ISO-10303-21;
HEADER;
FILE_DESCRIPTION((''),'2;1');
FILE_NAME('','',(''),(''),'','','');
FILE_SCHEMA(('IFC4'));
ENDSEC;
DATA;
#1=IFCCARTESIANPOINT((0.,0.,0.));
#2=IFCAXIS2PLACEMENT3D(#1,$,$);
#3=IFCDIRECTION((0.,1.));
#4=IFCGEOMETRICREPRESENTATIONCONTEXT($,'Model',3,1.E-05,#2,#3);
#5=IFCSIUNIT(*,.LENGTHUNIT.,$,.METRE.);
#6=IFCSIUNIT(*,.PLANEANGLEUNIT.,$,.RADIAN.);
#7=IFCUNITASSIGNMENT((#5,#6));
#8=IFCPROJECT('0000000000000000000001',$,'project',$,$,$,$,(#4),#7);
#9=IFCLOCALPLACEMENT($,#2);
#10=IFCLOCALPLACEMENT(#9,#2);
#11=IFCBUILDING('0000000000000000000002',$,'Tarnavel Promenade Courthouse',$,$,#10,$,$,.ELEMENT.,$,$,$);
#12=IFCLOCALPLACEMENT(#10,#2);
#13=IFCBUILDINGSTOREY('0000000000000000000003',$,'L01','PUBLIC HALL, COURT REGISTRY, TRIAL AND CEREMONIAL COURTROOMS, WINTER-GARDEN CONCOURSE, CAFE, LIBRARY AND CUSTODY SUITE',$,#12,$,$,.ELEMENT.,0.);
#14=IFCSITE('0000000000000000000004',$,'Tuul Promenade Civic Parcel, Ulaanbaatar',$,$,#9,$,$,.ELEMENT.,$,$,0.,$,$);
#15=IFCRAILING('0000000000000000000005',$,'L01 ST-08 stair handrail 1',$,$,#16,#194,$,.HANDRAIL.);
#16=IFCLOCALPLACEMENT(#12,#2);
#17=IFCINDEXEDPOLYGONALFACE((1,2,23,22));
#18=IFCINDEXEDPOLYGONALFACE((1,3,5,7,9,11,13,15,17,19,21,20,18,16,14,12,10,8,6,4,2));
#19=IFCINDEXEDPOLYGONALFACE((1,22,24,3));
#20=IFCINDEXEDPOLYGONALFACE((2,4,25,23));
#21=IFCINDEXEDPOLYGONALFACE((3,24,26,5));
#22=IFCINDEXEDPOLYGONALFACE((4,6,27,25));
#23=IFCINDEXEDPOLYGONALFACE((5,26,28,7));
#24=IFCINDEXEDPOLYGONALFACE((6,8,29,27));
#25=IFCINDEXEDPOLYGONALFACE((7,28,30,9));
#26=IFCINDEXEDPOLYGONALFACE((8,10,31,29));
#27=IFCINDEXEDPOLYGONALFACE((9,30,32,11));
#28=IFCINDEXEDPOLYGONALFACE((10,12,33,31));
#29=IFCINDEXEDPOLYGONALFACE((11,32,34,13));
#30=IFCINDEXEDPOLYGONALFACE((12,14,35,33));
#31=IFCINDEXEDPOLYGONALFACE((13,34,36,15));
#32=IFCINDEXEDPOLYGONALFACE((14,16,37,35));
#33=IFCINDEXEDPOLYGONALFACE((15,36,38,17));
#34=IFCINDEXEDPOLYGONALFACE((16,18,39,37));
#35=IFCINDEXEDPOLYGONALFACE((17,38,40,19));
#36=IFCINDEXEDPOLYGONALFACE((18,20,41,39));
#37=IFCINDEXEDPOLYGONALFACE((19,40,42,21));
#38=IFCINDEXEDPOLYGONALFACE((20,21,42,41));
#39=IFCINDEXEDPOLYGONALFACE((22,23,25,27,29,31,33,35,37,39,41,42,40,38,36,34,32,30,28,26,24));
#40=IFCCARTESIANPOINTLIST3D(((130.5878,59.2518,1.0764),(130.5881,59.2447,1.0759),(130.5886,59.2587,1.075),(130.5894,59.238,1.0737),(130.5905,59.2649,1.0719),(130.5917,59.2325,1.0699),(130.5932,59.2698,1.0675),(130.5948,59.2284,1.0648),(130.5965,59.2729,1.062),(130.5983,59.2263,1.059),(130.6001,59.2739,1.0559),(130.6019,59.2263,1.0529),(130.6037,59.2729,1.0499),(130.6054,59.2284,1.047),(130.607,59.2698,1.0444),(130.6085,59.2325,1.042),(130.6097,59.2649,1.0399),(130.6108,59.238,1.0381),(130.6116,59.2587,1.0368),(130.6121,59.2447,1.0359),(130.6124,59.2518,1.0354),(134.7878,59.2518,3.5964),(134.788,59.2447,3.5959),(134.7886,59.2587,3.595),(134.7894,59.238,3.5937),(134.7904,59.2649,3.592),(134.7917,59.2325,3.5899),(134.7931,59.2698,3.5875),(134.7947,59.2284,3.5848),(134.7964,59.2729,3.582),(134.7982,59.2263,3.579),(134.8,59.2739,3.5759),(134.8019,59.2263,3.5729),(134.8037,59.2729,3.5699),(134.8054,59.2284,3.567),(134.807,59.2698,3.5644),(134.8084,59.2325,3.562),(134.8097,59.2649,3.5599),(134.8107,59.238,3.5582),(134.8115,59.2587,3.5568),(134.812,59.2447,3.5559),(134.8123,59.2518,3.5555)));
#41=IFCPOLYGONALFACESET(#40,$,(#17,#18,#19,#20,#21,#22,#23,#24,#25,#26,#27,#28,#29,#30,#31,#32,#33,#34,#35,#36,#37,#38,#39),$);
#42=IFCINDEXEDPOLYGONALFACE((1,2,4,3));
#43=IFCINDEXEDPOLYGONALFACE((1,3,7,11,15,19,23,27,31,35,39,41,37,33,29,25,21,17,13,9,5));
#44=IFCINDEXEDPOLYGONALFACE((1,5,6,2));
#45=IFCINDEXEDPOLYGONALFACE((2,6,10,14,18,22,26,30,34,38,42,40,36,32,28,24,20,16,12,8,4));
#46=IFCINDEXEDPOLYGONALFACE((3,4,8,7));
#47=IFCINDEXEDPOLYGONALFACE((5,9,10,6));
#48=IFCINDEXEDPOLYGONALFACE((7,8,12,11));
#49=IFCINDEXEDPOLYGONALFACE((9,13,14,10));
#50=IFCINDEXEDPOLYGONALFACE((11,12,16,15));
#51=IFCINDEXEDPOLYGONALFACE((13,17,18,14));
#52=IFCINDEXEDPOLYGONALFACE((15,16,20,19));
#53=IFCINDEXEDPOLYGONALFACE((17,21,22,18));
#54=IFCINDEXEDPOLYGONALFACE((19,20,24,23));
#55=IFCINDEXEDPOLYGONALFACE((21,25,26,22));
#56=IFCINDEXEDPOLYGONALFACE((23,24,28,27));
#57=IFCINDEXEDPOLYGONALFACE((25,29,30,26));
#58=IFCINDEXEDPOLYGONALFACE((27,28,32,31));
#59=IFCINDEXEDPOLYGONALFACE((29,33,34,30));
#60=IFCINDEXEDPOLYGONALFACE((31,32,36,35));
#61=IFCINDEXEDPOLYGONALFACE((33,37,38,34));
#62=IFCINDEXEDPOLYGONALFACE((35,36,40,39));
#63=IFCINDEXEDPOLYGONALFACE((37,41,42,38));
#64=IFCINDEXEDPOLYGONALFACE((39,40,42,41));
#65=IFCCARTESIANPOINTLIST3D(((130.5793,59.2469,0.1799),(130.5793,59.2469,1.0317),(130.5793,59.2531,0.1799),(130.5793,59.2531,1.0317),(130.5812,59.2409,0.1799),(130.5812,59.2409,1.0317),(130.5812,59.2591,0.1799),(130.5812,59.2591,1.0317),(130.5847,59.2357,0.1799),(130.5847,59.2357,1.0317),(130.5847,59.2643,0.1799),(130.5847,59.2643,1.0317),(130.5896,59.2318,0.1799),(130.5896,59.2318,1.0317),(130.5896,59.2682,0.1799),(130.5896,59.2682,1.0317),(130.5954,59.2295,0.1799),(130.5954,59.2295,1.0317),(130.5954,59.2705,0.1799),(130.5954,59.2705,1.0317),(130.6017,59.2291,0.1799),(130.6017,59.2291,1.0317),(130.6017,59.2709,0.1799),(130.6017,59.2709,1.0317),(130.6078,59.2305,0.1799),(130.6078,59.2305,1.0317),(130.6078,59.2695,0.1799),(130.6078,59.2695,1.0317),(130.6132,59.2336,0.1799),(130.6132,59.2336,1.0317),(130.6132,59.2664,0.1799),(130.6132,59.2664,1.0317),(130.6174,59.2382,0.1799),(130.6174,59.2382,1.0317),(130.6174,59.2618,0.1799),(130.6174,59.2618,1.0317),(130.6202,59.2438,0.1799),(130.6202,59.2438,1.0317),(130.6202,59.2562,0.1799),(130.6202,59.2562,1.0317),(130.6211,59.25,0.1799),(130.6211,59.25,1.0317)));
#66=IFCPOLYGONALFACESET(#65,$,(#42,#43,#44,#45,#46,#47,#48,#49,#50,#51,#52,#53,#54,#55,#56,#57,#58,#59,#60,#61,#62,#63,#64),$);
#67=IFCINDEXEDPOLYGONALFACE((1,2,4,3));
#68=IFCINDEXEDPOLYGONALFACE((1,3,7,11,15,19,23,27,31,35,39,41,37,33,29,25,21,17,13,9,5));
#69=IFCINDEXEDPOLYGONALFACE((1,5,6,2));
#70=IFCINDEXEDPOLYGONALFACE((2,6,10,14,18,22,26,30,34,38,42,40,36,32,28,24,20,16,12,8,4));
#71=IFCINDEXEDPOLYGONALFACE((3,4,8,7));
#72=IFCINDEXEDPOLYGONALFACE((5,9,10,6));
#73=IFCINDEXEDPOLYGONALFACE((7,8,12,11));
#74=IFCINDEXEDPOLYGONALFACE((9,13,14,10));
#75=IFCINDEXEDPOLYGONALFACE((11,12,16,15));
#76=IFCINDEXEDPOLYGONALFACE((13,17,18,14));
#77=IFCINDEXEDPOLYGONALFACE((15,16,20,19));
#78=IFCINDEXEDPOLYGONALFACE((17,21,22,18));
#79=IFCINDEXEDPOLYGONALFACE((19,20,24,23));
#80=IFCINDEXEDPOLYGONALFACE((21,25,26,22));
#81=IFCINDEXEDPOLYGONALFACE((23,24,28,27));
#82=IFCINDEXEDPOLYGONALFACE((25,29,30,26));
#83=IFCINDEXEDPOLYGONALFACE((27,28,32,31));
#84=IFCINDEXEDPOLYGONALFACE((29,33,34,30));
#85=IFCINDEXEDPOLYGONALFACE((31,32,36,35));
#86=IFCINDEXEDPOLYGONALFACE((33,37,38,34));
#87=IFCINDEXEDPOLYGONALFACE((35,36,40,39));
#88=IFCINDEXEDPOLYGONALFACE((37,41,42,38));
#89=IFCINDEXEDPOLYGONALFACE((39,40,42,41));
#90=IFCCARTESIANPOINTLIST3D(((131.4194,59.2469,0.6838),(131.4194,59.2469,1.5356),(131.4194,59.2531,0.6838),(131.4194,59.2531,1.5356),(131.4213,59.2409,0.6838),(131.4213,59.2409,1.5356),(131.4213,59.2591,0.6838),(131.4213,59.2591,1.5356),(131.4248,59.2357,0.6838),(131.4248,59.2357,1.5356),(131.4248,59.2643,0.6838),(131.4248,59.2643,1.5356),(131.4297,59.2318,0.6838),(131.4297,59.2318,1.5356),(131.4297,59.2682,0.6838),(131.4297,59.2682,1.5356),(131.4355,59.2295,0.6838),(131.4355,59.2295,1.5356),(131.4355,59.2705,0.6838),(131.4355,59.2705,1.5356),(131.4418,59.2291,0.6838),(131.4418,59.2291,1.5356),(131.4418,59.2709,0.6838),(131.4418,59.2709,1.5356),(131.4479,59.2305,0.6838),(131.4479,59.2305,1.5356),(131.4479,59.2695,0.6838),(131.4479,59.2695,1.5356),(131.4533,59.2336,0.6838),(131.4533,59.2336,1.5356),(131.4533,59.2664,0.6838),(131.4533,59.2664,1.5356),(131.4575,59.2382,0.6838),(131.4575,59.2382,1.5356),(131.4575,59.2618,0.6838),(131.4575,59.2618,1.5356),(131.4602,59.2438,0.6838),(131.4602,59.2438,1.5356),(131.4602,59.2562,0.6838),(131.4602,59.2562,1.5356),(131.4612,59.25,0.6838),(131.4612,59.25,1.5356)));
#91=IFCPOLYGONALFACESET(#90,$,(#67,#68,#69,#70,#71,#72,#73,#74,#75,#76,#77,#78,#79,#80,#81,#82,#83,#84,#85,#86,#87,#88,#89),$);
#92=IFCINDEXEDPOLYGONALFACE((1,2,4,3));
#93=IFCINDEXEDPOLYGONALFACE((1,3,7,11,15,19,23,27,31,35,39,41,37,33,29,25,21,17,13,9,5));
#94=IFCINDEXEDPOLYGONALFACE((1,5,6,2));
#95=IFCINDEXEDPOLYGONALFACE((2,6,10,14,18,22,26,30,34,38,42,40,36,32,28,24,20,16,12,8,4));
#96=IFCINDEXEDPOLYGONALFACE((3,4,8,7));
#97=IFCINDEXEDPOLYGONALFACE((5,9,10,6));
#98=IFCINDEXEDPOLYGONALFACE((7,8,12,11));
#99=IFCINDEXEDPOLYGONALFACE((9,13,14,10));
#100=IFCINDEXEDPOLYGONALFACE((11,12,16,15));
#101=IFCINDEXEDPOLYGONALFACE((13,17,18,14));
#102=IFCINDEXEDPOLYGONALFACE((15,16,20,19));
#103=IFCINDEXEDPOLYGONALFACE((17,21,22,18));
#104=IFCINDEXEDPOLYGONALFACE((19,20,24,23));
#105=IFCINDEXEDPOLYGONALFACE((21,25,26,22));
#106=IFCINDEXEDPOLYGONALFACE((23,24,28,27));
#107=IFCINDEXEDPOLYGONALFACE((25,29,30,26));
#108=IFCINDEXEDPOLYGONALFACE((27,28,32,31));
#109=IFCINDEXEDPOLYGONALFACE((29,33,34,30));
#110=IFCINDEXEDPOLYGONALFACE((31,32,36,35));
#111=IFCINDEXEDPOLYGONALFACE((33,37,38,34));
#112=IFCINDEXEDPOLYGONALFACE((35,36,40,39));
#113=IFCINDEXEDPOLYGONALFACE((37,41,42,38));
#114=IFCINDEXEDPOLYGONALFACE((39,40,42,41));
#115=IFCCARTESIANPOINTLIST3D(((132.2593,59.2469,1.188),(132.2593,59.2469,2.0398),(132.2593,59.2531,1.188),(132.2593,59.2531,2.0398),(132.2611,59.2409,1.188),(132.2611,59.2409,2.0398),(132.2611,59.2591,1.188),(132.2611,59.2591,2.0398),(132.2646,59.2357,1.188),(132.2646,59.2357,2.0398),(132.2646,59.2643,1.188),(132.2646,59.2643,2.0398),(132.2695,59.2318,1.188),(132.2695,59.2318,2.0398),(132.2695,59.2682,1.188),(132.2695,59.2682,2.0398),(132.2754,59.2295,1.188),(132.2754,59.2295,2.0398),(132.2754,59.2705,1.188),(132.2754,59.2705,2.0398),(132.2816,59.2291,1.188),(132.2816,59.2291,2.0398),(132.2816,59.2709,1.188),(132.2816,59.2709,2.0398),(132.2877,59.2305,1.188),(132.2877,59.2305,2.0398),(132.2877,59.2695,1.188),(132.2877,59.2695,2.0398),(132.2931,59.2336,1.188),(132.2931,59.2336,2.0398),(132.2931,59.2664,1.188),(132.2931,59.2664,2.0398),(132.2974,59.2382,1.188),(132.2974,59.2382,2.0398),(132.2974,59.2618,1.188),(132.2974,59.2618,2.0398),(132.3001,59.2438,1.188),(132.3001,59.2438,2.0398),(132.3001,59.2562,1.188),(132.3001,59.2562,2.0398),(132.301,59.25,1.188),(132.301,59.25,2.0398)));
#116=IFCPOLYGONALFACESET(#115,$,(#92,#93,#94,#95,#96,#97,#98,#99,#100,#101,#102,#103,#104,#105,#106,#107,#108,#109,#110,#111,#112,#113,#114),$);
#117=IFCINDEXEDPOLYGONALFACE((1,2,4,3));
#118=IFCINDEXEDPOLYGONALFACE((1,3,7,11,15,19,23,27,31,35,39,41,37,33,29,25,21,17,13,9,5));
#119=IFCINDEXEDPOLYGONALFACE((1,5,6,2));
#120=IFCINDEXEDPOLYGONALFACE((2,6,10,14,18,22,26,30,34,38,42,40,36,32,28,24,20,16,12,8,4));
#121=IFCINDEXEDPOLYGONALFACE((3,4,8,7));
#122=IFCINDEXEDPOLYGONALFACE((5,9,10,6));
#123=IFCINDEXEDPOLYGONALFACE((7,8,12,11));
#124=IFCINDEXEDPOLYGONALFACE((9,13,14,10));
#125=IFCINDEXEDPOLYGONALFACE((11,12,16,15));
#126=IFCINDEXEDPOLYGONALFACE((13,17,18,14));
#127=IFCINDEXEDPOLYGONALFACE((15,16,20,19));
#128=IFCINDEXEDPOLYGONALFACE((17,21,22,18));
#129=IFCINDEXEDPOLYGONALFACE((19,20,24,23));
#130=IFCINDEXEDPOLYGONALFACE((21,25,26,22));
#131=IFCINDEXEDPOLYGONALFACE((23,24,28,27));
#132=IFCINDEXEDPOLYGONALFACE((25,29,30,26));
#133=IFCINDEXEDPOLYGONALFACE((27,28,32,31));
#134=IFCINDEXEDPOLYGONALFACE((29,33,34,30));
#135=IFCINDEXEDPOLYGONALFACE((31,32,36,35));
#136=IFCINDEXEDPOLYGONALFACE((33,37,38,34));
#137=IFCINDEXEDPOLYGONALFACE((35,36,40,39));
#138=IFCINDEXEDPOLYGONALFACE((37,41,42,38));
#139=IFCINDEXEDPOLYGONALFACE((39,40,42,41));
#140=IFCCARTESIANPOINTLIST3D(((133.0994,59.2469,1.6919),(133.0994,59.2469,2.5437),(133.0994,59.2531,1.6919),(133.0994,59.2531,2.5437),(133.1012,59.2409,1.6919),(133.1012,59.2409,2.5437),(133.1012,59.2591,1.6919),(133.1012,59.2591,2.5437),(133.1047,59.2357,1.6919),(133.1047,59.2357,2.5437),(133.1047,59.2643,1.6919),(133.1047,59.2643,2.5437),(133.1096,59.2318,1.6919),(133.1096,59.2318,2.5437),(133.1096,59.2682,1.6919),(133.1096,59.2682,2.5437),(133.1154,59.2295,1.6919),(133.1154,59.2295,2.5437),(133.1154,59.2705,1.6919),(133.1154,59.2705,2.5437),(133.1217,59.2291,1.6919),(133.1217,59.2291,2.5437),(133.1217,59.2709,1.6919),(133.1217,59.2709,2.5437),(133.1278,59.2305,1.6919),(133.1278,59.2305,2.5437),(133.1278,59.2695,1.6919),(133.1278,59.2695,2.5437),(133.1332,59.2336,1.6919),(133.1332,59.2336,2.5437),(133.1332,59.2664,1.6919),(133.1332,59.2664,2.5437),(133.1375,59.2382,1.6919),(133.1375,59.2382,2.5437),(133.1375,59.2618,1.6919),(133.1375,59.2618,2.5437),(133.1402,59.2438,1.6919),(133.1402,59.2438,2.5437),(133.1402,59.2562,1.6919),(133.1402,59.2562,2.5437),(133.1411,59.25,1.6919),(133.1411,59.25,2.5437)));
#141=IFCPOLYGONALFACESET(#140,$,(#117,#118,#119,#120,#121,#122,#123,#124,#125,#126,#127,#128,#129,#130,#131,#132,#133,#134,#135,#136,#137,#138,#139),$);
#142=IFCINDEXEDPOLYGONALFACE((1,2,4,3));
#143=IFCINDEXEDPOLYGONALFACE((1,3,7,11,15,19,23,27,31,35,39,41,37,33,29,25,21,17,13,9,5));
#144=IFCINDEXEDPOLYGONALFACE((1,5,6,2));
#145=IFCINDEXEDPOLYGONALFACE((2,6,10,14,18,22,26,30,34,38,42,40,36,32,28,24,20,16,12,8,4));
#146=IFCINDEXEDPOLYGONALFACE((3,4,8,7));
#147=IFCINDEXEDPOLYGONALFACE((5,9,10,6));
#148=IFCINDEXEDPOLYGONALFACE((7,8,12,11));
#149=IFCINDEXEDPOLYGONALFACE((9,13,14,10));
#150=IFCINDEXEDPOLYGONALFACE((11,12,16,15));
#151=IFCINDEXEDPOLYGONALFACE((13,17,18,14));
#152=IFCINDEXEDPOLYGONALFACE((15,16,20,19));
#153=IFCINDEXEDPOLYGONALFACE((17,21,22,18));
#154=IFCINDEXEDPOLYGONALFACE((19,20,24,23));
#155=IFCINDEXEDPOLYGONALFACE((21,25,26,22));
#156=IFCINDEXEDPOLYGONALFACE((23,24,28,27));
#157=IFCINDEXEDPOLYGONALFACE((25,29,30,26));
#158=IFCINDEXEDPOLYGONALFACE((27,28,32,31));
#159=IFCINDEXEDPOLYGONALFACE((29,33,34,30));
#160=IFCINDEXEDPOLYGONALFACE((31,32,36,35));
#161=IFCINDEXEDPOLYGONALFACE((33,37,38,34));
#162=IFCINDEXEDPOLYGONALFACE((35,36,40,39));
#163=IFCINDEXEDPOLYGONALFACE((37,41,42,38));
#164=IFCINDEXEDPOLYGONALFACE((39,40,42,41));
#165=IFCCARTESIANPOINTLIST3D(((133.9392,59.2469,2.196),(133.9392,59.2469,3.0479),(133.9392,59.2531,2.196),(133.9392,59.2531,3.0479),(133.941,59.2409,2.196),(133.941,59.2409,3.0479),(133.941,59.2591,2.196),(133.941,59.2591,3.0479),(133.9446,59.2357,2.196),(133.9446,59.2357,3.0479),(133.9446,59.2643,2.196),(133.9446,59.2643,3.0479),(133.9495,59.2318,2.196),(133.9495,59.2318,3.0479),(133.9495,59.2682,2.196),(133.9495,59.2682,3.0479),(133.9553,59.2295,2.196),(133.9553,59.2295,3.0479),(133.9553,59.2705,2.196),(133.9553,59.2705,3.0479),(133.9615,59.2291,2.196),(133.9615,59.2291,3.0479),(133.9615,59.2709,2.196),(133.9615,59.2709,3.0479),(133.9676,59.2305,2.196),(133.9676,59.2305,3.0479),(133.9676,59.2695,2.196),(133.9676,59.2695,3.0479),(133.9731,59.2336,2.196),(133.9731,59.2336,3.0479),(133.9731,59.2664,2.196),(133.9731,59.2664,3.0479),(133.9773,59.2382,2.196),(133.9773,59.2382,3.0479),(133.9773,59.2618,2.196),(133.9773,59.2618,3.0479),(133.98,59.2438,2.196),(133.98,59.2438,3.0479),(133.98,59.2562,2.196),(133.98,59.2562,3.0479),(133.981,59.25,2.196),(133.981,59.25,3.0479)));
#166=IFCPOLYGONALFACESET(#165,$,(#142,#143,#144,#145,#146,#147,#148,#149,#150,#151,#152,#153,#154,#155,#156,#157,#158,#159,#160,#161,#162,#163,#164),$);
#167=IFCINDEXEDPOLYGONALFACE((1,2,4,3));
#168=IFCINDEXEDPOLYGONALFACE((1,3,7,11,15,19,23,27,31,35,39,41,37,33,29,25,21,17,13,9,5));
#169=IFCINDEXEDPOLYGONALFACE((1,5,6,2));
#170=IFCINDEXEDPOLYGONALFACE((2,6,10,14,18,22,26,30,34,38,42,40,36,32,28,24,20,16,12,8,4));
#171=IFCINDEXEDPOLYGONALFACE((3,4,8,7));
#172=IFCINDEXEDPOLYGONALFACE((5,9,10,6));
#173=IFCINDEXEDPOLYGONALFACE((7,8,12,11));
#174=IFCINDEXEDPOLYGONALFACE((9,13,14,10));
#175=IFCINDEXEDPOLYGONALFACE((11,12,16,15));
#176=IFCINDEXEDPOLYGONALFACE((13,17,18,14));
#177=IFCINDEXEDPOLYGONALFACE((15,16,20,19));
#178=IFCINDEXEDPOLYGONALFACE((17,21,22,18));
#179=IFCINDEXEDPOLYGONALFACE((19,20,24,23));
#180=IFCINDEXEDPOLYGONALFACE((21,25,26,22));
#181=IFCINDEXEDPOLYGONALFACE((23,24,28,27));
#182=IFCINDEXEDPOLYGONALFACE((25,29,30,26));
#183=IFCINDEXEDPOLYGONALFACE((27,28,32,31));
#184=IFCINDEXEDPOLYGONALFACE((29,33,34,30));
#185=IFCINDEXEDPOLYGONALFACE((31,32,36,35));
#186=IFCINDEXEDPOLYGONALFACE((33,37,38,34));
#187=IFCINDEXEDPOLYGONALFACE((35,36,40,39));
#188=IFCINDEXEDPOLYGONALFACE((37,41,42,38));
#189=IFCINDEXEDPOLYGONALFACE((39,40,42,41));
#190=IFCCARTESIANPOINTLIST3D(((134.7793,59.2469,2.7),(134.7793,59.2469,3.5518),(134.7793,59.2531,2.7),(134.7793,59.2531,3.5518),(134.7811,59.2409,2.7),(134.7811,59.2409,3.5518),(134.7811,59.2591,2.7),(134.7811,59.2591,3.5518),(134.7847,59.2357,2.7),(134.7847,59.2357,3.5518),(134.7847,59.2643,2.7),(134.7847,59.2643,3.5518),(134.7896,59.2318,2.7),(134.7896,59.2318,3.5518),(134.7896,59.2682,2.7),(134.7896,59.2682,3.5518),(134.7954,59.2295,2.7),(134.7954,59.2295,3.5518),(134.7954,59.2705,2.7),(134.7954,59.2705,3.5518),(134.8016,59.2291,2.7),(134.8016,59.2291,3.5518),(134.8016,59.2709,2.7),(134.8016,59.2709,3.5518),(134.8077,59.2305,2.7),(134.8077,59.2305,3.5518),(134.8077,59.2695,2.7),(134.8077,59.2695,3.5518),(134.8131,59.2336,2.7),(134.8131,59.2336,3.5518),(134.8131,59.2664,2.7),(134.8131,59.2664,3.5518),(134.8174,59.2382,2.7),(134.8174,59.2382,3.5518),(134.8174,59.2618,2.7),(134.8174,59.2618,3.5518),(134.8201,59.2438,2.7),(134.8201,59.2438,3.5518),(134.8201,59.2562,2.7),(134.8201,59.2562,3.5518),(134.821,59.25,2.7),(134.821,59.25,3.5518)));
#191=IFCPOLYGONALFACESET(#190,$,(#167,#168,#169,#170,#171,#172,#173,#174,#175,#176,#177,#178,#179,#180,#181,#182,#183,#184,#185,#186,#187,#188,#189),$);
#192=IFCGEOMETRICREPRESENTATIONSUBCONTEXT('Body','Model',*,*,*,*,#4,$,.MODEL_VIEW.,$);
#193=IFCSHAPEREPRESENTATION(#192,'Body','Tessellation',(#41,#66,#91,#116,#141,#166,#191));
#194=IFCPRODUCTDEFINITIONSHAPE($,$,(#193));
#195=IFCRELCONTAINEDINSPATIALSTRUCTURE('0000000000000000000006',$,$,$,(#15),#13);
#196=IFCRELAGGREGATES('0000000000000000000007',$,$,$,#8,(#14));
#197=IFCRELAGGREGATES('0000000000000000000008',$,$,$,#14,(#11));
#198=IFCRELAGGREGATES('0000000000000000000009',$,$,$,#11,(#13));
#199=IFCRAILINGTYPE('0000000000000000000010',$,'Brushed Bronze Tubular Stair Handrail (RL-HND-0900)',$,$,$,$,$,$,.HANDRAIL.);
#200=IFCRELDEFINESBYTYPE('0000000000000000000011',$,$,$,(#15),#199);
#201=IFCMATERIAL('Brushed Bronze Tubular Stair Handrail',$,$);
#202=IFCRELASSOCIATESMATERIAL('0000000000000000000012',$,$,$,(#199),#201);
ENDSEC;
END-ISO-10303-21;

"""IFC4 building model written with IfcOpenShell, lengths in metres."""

from ifc_helpers import new_model, si_unit, direction, frame, origin, origin_2d, place, context, subcontext, project, spatial, circle, extrude, material, type_object, element, save


model = new_model("IFC4")

# Units and contexts
model_context = context("Model", 3, precision=1e-05, world=origin(), true_north=direction((0.0, 1.0)))
body_context = subcontext(model_context, "Body", "Model", "MODEL_VIEW")
ifc_project = project(units=[si_unit("LENGTHUNIT", "METRE"), si_unit("PLANEANGLEUNIT", "RADIAN")], contexts=[model_context])

# Site, building, storey
site_placement = place(None, origin())
site = spatial("IfcSite", under=ifc_project, at=site_placement, Name="Tuul Promenade Civic Parcel, Ulaanbaatar", CompositionType="ELEMENT", RefElevation=0.0)
building_placement = place(site_placement, origin())
building = spatial("IfcBuilding", under=site, at=building_placement, Name="Tarnavel Promenade Courthouse", CompositionType="ELEMENT")
storey_placement = place(building_placement, origin())
storey = spatial("IfcBuildingStorey", under=building, at=storey_placement, Name="L01", Description="PUBLIC HALL, COURT REGISTRY, TRIAL AND CEREMONIAL COURTROOMS, WINTER-GARDEN CONCOURSE, CAFE, LIBRARY AND CUSTODY SUITE", CompositionType="ELEMENT", Elevation=0.0)

# Railing
ifc_material_1 = material(Name="Brushed Bronze Tubular Stair Handrail")
railing_type_1 = type_object("IfcRailingType", Name="Brushed Bronze Tubular Stair Handrail (RL-HND-0900)", PredefinedType="HANDRAIL", material=ifc_material_1)
railing_1_placement = place(storey_placement, frame((130.6001, 59.25, 0.1799)))
element("IfcRailing", 1, at=railing_1_placement, inside=storey, type_object=railing_type_1, Name="L01 ST-08 stair handrail 1", PredefinedType="HANDRAIL", context=body_context, shape_type="SweptSolid", body=[
    extrude(circle(Radius=0.0239, at=origin_2d()), frame((0.0, 0.0, 0.876), z_axis=(0.857489, 0.0, 0.514503), x_axis=(0.0, 1.0, 0.0)), (0.0, 0.0, 1.0), 4.8979),
    extrude(circle(Radius=0.021, at=origin_2d()), origin(), (0.0, 0.0, 1.0), 0.8518),
    extrude(circle(Radius=0.021, at=origin_2d()), frame((0.8401, 0.0, 0.5039)), (0.0, 0.0, 1.0), 0.8518),
    extrude(circle(Radius=0.021, at=origin_2d()), frame((1.6799, 0.0, 1.0081)), (0.0, 0.0, 1.0), 0.8518),
    extrude(circle(Radius=0.021, at=origin_2d()), frame((2.52, 0.0, 1.512)), (0.0, 0.0, 1.0), 0.8518),
    extrude(circle(Radius=0.021, at=origin_2d()), frame((3.3599, 0.0, 2.0161)), (0.0, 0.0, 1.0), 0.8518),
    extrude(circle(Radius=0.021, at=origin_2d()), frame((4.2, 0.0, 2.52)), (0.0, 0.0, 1.0), 0.8518),
])

save(model, "model.ifc")
